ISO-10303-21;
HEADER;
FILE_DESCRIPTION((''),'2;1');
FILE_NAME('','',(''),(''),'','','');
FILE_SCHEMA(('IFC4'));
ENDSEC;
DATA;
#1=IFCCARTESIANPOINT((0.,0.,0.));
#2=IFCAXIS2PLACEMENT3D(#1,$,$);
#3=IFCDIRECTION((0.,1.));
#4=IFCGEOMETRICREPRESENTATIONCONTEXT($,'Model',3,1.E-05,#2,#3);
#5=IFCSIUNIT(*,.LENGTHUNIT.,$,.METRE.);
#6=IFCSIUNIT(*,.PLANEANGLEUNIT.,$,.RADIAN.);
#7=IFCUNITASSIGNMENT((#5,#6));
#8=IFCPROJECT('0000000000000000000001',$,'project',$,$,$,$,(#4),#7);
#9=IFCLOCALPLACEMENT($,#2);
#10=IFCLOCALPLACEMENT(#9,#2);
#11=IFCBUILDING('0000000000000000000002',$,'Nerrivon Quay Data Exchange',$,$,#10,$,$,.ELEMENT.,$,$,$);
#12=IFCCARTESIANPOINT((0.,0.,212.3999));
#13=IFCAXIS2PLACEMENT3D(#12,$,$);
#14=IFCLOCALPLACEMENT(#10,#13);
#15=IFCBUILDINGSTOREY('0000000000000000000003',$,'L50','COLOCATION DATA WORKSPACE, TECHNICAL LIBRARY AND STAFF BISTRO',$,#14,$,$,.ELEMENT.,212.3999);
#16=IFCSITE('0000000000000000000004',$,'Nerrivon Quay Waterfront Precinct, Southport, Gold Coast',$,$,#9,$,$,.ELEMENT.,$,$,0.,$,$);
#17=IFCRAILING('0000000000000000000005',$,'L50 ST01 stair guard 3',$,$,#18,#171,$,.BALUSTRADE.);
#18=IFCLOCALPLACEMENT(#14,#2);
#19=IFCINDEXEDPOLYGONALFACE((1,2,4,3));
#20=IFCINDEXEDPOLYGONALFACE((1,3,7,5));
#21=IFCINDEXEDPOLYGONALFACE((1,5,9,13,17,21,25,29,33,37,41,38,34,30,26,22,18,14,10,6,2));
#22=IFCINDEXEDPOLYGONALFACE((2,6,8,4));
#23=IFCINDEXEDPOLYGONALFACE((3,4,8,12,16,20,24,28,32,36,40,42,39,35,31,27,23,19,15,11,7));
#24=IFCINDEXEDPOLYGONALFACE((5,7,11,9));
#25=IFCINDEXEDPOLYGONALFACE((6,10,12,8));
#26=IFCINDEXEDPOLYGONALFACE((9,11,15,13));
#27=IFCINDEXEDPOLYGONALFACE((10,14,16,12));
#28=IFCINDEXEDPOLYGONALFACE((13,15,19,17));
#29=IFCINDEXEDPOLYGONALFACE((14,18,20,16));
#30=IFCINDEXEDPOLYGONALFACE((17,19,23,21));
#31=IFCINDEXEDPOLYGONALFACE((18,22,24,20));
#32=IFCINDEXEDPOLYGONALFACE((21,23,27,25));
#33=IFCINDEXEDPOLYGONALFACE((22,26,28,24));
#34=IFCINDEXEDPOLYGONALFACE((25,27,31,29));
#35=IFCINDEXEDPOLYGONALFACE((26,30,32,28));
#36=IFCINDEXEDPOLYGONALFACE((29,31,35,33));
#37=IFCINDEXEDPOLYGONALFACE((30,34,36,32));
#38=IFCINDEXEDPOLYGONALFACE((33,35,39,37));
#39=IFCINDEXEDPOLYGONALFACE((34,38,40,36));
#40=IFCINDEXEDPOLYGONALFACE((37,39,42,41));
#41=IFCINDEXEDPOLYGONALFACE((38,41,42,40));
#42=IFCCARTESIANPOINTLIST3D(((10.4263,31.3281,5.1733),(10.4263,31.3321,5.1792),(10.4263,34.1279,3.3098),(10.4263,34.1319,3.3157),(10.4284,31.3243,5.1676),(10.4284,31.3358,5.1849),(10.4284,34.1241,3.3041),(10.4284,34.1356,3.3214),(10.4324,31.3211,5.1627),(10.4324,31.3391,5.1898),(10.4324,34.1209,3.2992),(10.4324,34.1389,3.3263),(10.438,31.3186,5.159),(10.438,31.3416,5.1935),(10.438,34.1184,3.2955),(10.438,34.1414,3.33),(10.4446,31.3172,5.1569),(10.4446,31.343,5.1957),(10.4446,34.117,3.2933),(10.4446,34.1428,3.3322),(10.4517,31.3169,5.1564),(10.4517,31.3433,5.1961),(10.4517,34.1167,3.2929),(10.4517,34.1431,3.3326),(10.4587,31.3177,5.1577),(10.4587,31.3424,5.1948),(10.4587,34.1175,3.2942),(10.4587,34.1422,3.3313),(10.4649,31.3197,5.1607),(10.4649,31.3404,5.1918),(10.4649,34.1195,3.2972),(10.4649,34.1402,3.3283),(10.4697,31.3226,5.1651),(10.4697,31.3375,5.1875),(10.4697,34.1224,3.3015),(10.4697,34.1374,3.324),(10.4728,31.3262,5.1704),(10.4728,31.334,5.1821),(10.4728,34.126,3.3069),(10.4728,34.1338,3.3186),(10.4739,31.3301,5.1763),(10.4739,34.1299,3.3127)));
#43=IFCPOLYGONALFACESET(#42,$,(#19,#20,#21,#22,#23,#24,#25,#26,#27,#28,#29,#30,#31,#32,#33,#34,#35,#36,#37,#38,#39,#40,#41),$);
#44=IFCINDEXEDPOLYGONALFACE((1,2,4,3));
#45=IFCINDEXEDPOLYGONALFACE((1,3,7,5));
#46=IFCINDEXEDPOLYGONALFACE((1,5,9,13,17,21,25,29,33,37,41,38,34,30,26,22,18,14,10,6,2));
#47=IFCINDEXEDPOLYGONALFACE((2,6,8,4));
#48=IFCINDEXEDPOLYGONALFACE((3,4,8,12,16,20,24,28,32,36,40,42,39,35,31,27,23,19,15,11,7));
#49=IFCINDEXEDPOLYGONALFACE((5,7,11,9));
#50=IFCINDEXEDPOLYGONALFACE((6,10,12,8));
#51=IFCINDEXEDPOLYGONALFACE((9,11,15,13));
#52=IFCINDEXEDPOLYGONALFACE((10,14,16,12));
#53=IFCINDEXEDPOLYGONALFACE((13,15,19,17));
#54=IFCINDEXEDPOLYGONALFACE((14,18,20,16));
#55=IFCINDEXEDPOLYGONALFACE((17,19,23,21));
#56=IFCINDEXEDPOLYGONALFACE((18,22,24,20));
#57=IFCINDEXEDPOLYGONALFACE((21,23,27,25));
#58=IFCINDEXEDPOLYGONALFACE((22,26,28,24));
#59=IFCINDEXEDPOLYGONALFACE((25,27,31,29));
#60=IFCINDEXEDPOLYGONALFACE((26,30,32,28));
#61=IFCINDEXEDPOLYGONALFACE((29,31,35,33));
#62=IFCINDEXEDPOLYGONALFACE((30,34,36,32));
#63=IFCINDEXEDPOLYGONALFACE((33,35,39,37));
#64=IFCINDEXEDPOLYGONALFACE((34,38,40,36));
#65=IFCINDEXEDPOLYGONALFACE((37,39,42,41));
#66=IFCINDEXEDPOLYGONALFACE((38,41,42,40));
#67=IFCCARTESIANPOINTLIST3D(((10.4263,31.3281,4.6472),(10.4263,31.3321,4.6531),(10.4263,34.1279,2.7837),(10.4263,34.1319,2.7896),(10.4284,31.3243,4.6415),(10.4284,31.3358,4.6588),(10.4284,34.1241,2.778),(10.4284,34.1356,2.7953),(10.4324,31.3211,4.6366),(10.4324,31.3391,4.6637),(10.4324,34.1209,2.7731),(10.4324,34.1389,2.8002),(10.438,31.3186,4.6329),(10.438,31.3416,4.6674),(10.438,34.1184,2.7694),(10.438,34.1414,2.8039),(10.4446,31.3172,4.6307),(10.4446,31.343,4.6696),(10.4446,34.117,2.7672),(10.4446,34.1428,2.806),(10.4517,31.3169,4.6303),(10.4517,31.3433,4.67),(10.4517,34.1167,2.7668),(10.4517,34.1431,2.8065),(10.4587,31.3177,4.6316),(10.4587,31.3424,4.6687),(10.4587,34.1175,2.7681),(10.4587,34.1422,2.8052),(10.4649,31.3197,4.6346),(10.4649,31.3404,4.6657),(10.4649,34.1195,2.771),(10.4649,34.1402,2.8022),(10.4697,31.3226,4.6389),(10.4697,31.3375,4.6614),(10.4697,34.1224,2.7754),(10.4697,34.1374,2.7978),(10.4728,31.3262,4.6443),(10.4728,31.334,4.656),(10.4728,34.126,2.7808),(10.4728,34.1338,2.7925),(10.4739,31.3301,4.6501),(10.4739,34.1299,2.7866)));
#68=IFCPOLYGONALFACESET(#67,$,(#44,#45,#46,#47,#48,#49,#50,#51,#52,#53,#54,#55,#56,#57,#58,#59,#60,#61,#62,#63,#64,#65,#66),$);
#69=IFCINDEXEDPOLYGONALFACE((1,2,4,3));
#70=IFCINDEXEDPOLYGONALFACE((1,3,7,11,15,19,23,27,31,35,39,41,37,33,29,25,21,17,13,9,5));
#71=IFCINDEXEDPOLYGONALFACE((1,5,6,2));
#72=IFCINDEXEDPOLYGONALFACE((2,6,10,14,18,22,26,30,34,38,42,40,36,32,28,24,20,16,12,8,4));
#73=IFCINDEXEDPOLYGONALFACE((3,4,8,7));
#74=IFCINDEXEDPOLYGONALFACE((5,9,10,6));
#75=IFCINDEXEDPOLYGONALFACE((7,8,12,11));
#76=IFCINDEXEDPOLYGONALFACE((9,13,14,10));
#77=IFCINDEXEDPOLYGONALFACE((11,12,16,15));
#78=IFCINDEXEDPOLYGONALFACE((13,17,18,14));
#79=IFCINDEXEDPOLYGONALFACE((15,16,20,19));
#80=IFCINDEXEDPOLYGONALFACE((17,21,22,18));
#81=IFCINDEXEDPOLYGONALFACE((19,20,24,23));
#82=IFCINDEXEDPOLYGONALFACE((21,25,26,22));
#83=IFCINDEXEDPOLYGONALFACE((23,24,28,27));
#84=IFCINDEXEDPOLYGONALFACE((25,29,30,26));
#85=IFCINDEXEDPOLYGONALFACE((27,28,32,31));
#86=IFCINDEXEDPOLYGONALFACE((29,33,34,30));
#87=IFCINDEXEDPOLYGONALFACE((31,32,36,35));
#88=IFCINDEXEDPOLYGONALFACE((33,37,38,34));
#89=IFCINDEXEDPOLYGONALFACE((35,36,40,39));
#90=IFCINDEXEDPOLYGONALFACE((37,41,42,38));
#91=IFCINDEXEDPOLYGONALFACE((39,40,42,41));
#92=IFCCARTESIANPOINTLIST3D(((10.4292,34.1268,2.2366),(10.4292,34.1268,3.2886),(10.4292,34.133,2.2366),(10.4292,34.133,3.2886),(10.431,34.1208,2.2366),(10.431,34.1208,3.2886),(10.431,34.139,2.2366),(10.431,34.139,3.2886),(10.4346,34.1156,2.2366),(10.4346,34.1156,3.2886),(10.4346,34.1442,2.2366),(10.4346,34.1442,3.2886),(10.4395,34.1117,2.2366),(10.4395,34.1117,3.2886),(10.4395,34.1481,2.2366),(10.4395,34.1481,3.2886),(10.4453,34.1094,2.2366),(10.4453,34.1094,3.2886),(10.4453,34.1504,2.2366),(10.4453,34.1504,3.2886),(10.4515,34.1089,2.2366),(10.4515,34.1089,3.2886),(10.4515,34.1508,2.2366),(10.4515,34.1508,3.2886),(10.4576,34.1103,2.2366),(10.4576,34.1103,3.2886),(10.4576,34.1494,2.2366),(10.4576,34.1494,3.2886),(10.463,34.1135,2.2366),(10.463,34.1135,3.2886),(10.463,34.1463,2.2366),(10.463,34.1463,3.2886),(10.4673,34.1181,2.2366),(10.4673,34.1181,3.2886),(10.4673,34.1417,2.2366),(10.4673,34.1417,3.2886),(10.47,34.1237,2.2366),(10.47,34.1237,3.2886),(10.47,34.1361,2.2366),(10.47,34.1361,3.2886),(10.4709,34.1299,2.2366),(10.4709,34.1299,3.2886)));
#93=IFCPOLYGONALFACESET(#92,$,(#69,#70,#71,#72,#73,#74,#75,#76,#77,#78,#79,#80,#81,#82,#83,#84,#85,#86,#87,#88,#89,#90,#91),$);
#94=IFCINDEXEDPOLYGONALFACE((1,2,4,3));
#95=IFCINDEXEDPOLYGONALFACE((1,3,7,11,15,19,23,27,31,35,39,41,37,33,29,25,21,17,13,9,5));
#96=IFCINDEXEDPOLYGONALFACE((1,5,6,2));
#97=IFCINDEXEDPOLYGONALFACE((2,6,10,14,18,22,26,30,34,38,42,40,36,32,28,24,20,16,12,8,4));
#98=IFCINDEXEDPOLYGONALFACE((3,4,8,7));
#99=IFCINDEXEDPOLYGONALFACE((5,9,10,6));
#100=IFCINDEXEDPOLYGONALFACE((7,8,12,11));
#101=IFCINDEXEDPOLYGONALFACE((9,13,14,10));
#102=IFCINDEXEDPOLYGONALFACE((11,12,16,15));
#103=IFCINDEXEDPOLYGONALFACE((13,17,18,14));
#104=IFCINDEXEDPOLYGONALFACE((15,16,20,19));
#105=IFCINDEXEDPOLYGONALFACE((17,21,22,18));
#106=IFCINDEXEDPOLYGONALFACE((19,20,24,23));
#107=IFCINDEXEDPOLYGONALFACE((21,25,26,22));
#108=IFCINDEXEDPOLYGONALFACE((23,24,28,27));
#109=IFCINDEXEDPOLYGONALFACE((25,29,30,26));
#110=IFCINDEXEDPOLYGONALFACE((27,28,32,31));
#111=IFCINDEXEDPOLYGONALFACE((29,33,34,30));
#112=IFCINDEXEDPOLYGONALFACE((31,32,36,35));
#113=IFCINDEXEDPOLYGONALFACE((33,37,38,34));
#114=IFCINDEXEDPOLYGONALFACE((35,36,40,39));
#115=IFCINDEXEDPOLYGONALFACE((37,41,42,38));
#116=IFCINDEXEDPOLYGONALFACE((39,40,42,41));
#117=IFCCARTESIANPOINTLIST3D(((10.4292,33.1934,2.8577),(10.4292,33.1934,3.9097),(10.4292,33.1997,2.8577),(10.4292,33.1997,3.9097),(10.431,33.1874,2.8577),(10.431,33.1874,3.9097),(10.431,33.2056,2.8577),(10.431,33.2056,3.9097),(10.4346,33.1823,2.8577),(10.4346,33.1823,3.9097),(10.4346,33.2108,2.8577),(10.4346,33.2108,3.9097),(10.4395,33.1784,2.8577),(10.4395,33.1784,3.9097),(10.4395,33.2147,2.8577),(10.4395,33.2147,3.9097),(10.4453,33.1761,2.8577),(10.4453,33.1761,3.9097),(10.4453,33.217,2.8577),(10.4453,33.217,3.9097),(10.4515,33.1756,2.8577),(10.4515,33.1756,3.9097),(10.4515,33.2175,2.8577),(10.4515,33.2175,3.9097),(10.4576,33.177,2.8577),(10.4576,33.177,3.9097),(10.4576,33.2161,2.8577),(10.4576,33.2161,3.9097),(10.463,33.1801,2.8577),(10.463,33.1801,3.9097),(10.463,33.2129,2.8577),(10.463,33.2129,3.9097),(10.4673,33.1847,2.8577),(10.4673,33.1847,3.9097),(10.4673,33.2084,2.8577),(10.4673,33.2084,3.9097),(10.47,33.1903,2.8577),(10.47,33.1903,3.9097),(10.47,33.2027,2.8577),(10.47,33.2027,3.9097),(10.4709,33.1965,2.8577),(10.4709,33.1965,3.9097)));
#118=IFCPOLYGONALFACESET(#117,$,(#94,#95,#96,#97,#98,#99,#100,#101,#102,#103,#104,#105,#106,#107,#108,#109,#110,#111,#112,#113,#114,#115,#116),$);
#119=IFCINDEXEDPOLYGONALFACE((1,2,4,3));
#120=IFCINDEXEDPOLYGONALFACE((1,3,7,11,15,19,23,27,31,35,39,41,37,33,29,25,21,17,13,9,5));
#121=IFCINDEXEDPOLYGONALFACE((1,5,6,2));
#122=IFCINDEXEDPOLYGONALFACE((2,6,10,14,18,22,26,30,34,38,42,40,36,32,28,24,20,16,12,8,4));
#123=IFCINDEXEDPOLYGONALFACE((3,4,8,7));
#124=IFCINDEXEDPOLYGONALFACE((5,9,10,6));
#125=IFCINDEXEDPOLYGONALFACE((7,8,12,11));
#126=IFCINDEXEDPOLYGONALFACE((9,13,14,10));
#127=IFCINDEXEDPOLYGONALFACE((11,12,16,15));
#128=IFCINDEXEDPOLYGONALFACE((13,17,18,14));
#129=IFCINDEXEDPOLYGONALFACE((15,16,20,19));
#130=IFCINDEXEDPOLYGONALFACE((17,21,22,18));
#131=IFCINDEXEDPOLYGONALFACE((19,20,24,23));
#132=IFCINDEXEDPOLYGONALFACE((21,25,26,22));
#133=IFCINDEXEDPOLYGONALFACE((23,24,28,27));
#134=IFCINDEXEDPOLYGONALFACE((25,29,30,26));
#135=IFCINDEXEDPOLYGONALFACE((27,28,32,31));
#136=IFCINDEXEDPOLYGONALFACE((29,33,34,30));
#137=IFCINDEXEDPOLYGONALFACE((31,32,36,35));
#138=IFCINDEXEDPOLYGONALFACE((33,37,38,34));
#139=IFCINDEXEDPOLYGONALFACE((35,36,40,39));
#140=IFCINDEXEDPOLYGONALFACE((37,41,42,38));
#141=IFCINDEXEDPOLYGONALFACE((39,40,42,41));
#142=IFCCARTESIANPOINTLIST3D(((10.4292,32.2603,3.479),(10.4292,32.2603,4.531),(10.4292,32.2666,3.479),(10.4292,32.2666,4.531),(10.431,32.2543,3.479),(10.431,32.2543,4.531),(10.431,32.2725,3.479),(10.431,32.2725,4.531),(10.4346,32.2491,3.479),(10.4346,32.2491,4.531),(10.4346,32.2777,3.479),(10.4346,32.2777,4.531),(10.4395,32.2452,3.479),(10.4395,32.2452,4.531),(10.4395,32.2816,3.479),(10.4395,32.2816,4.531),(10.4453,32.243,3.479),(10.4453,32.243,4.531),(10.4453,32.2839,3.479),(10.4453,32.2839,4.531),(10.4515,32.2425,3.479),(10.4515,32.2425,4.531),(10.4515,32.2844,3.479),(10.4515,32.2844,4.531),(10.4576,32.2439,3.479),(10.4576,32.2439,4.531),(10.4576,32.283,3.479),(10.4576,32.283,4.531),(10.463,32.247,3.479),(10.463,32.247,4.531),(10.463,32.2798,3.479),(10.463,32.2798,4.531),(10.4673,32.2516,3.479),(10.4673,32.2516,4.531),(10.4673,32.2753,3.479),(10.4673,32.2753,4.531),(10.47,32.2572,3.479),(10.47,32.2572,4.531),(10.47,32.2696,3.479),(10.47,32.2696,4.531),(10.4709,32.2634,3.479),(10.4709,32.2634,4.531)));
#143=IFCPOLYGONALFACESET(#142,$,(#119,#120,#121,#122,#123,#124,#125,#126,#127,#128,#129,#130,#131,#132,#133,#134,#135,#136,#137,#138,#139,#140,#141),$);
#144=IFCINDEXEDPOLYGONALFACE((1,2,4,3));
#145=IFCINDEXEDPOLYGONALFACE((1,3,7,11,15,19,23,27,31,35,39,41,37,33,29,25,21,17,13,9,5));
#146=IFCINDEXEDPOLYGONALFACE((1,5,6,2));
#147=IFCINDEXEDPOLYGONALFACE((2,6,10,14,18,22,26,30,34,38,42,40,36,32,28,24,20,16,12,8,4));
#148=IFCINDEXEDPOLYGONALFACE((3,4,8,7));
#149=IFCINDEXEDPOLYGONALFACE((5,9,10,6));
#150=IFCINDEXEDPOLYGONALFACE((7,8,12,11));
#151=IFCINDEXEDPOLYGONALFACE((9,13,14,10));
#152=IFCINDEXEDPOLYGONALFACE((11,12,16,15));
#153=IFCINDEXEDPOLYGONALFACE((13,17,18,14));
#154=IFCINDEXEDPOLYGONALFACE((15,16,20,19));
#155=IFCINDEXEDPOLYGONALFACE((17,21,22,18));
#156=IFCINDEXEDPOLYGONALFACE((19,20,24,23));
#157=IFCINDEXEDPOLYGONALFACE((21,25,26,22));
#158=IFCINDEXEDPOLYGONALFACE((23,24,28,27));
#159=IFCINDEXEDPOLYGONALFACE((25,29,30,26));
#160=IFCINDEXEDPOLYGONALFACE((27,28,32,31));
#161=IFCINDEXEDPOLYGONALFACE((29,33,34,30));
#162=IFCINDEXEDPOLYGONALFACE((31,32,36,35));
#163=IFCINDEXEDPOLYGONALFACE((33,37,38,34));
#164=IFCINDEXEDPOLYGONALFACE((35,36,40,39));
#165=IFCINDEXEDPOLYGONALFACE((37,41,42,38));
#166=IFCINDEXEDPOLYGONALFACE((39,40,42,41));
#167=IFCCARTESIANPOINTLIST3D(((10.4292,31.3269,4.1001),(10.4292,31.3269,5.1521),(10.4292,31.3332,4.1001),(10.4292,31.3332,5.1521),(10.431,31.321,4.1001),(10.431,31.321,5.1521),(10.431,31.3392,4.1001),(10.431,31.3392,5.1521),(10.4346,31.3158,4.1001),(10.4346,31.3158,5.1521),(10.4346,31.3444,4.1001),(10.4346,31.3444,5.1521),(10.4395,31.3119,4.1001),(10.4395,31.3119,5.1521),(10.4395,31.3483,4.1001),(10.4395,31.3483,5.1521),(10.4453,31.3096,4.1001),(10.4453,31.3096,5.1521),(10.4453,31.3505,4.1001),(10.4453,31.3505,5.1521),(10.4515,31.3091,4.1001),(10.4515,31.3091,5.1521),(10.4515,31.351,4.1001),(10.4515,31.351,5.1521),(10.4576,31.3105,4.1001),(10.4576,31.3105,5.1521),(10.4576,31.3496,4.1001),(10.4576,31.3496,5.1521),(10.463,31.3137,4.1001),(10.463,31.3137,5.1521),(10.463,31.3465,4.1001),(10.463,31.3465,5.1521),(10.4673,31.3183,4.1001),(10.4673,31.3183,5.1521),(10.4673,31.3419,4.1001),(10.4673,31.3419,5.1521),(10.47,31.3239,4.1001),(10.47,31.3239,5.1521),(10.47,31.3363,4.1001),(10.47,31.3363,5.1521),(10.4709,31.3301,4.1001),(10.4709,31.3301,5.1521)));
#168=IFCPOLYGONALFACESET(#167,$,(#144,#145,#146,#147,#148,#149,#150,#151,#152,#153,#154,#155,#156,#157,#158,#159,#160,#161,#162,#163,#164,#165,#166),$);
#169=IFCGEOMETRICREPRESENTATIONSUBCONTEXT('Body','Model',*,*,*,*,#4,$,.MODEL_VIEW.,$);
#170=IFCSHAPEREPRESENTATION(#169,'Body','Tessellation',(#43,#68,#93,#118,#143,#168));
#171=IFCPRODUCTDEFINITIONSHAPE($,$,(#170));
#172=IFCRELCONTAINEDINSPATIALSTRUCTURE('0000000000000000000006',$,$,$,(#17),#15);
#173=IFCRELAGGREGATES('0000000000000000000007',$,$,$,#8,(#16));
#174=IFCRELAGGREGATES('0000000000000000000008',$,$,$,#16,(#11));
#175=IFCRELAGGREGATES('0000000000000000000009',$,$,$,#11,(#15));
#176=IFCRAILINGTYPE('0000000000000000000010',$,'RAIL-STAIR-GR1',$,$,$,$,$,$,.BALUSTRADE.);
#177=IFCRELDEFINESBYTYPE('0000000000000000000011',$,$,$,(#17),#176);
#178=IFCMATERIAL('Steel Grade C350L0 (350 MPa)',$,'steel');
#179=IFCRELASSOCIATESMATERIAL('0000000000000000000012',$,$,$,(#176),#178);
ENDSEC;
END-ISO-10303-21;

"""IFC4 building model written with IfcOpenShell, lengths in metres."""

from ifc_helpers import new_model, si_unit, direction, frame, origin, origin_2d, place, context, subcontext, project, spatial, circle, extrude, material, type_object, element, save


model = new_model("IFC4")

# Units and contexts
model_context = context("Model", 3, precision=1e-05, world=origin(), true_north=direction((0.0, 1.0)))
body_context = subcontext(model_context, "Body", "Model", "MODEL_VIEW")
ifc_project = project(units=[si_unit("LENGTHUNIT", "METRE"), si_unit("PLANEANGLEUNIT", "RADIAN")], contexts=[model_context])

# Site, building, storey
site_placement = place(None, origin())
site = spatial("IfcSite", under=ifc_project, at=site_placement, Name="Nerrivon Quay Waterfront Precinct, Southport, Gold Coast", CompositionType="ELEMENT", RefElevation=0.0)
building_placement = place(site_placement, origin())
building = spatial("IfcBuilding", under=site, at=building_placement, Name="Nerrivon Quay Data Exchange", CompositionType="ELEMENT")
storey_placement = place(building_placement, frame((0.0, 0.0, 212.3999)))
storey = spatial("IfcBuildingStorey", under=building, at=storey_placement, Name="L50", Description="COLOCATION DATA WORKSPACE, TECHNICAL LIBRARY AND STAFF BISTRO", CompositionType="ELEMENT", Elevation=212.3999)

# Shared definitions
ifc_material_1 = material(Name="Steel Grade C350L0 (350 MPa)", Category="steel")

# Railing
railing_type_1 = type_object("IfcRailingType", Name="RAIL-STAIR-GR1", PredefinedType="BALUSTRADE", material=ifc_material_1)
railing_1_placement = place(storey_placement, frame((10.45, 34.1299, 2.2366)))
element("IfcRailing", 1, at=railing_1_placement, inside=storey, type_object=railing_type_1, Name="L50 ST01 stair guard 3", PredefinedType="BALUSTRADE", context=body_context, shape_type="SweptSolid", body=[
    extrude(circle(Radius=0.0239, at=origin_2d()), frame((0.0, 0.0, 1.0762), z_axis=(0.0, -0.832463, 0.55408), x_axis=(1.0, 0.0, 0.0)), (0.0, 0.0, 1.0), 3.3633),
    extrude(circle(Radius=0.0239, at=origin_2d()), frame((0.0, 0.0, 0.55), z_axis=(0.0, -0.832463, 0.55408), x_axis=(1.0, 0.0, 0.0)), (0.0, 0.0, 1.0), 3.3633),
    extrude(circle(Radius=0.021, at=origin_2d()), origin(), (0.0, 0.0, 1.0), 1.052),
    extrude(circle(Radius=0.021, at=origin_2d()), frame((0.0, -0.9333, 0.6211)), (0.0, 0.0, 1.0), 1.052),
    extrude(circle(Radius=0.021, at=origin_2d()), frame((0.0, -1.8665, 1.2424)), (0.0, 0.0, 1.0), 1.052),
    extrude(circle(Radius=0.021, at=origin_2d()), frame((0.0, -2.7998, 1.8635)), (0.0, 0.0, 1.0), 1.052),
])

save(model, "model.ifc")
